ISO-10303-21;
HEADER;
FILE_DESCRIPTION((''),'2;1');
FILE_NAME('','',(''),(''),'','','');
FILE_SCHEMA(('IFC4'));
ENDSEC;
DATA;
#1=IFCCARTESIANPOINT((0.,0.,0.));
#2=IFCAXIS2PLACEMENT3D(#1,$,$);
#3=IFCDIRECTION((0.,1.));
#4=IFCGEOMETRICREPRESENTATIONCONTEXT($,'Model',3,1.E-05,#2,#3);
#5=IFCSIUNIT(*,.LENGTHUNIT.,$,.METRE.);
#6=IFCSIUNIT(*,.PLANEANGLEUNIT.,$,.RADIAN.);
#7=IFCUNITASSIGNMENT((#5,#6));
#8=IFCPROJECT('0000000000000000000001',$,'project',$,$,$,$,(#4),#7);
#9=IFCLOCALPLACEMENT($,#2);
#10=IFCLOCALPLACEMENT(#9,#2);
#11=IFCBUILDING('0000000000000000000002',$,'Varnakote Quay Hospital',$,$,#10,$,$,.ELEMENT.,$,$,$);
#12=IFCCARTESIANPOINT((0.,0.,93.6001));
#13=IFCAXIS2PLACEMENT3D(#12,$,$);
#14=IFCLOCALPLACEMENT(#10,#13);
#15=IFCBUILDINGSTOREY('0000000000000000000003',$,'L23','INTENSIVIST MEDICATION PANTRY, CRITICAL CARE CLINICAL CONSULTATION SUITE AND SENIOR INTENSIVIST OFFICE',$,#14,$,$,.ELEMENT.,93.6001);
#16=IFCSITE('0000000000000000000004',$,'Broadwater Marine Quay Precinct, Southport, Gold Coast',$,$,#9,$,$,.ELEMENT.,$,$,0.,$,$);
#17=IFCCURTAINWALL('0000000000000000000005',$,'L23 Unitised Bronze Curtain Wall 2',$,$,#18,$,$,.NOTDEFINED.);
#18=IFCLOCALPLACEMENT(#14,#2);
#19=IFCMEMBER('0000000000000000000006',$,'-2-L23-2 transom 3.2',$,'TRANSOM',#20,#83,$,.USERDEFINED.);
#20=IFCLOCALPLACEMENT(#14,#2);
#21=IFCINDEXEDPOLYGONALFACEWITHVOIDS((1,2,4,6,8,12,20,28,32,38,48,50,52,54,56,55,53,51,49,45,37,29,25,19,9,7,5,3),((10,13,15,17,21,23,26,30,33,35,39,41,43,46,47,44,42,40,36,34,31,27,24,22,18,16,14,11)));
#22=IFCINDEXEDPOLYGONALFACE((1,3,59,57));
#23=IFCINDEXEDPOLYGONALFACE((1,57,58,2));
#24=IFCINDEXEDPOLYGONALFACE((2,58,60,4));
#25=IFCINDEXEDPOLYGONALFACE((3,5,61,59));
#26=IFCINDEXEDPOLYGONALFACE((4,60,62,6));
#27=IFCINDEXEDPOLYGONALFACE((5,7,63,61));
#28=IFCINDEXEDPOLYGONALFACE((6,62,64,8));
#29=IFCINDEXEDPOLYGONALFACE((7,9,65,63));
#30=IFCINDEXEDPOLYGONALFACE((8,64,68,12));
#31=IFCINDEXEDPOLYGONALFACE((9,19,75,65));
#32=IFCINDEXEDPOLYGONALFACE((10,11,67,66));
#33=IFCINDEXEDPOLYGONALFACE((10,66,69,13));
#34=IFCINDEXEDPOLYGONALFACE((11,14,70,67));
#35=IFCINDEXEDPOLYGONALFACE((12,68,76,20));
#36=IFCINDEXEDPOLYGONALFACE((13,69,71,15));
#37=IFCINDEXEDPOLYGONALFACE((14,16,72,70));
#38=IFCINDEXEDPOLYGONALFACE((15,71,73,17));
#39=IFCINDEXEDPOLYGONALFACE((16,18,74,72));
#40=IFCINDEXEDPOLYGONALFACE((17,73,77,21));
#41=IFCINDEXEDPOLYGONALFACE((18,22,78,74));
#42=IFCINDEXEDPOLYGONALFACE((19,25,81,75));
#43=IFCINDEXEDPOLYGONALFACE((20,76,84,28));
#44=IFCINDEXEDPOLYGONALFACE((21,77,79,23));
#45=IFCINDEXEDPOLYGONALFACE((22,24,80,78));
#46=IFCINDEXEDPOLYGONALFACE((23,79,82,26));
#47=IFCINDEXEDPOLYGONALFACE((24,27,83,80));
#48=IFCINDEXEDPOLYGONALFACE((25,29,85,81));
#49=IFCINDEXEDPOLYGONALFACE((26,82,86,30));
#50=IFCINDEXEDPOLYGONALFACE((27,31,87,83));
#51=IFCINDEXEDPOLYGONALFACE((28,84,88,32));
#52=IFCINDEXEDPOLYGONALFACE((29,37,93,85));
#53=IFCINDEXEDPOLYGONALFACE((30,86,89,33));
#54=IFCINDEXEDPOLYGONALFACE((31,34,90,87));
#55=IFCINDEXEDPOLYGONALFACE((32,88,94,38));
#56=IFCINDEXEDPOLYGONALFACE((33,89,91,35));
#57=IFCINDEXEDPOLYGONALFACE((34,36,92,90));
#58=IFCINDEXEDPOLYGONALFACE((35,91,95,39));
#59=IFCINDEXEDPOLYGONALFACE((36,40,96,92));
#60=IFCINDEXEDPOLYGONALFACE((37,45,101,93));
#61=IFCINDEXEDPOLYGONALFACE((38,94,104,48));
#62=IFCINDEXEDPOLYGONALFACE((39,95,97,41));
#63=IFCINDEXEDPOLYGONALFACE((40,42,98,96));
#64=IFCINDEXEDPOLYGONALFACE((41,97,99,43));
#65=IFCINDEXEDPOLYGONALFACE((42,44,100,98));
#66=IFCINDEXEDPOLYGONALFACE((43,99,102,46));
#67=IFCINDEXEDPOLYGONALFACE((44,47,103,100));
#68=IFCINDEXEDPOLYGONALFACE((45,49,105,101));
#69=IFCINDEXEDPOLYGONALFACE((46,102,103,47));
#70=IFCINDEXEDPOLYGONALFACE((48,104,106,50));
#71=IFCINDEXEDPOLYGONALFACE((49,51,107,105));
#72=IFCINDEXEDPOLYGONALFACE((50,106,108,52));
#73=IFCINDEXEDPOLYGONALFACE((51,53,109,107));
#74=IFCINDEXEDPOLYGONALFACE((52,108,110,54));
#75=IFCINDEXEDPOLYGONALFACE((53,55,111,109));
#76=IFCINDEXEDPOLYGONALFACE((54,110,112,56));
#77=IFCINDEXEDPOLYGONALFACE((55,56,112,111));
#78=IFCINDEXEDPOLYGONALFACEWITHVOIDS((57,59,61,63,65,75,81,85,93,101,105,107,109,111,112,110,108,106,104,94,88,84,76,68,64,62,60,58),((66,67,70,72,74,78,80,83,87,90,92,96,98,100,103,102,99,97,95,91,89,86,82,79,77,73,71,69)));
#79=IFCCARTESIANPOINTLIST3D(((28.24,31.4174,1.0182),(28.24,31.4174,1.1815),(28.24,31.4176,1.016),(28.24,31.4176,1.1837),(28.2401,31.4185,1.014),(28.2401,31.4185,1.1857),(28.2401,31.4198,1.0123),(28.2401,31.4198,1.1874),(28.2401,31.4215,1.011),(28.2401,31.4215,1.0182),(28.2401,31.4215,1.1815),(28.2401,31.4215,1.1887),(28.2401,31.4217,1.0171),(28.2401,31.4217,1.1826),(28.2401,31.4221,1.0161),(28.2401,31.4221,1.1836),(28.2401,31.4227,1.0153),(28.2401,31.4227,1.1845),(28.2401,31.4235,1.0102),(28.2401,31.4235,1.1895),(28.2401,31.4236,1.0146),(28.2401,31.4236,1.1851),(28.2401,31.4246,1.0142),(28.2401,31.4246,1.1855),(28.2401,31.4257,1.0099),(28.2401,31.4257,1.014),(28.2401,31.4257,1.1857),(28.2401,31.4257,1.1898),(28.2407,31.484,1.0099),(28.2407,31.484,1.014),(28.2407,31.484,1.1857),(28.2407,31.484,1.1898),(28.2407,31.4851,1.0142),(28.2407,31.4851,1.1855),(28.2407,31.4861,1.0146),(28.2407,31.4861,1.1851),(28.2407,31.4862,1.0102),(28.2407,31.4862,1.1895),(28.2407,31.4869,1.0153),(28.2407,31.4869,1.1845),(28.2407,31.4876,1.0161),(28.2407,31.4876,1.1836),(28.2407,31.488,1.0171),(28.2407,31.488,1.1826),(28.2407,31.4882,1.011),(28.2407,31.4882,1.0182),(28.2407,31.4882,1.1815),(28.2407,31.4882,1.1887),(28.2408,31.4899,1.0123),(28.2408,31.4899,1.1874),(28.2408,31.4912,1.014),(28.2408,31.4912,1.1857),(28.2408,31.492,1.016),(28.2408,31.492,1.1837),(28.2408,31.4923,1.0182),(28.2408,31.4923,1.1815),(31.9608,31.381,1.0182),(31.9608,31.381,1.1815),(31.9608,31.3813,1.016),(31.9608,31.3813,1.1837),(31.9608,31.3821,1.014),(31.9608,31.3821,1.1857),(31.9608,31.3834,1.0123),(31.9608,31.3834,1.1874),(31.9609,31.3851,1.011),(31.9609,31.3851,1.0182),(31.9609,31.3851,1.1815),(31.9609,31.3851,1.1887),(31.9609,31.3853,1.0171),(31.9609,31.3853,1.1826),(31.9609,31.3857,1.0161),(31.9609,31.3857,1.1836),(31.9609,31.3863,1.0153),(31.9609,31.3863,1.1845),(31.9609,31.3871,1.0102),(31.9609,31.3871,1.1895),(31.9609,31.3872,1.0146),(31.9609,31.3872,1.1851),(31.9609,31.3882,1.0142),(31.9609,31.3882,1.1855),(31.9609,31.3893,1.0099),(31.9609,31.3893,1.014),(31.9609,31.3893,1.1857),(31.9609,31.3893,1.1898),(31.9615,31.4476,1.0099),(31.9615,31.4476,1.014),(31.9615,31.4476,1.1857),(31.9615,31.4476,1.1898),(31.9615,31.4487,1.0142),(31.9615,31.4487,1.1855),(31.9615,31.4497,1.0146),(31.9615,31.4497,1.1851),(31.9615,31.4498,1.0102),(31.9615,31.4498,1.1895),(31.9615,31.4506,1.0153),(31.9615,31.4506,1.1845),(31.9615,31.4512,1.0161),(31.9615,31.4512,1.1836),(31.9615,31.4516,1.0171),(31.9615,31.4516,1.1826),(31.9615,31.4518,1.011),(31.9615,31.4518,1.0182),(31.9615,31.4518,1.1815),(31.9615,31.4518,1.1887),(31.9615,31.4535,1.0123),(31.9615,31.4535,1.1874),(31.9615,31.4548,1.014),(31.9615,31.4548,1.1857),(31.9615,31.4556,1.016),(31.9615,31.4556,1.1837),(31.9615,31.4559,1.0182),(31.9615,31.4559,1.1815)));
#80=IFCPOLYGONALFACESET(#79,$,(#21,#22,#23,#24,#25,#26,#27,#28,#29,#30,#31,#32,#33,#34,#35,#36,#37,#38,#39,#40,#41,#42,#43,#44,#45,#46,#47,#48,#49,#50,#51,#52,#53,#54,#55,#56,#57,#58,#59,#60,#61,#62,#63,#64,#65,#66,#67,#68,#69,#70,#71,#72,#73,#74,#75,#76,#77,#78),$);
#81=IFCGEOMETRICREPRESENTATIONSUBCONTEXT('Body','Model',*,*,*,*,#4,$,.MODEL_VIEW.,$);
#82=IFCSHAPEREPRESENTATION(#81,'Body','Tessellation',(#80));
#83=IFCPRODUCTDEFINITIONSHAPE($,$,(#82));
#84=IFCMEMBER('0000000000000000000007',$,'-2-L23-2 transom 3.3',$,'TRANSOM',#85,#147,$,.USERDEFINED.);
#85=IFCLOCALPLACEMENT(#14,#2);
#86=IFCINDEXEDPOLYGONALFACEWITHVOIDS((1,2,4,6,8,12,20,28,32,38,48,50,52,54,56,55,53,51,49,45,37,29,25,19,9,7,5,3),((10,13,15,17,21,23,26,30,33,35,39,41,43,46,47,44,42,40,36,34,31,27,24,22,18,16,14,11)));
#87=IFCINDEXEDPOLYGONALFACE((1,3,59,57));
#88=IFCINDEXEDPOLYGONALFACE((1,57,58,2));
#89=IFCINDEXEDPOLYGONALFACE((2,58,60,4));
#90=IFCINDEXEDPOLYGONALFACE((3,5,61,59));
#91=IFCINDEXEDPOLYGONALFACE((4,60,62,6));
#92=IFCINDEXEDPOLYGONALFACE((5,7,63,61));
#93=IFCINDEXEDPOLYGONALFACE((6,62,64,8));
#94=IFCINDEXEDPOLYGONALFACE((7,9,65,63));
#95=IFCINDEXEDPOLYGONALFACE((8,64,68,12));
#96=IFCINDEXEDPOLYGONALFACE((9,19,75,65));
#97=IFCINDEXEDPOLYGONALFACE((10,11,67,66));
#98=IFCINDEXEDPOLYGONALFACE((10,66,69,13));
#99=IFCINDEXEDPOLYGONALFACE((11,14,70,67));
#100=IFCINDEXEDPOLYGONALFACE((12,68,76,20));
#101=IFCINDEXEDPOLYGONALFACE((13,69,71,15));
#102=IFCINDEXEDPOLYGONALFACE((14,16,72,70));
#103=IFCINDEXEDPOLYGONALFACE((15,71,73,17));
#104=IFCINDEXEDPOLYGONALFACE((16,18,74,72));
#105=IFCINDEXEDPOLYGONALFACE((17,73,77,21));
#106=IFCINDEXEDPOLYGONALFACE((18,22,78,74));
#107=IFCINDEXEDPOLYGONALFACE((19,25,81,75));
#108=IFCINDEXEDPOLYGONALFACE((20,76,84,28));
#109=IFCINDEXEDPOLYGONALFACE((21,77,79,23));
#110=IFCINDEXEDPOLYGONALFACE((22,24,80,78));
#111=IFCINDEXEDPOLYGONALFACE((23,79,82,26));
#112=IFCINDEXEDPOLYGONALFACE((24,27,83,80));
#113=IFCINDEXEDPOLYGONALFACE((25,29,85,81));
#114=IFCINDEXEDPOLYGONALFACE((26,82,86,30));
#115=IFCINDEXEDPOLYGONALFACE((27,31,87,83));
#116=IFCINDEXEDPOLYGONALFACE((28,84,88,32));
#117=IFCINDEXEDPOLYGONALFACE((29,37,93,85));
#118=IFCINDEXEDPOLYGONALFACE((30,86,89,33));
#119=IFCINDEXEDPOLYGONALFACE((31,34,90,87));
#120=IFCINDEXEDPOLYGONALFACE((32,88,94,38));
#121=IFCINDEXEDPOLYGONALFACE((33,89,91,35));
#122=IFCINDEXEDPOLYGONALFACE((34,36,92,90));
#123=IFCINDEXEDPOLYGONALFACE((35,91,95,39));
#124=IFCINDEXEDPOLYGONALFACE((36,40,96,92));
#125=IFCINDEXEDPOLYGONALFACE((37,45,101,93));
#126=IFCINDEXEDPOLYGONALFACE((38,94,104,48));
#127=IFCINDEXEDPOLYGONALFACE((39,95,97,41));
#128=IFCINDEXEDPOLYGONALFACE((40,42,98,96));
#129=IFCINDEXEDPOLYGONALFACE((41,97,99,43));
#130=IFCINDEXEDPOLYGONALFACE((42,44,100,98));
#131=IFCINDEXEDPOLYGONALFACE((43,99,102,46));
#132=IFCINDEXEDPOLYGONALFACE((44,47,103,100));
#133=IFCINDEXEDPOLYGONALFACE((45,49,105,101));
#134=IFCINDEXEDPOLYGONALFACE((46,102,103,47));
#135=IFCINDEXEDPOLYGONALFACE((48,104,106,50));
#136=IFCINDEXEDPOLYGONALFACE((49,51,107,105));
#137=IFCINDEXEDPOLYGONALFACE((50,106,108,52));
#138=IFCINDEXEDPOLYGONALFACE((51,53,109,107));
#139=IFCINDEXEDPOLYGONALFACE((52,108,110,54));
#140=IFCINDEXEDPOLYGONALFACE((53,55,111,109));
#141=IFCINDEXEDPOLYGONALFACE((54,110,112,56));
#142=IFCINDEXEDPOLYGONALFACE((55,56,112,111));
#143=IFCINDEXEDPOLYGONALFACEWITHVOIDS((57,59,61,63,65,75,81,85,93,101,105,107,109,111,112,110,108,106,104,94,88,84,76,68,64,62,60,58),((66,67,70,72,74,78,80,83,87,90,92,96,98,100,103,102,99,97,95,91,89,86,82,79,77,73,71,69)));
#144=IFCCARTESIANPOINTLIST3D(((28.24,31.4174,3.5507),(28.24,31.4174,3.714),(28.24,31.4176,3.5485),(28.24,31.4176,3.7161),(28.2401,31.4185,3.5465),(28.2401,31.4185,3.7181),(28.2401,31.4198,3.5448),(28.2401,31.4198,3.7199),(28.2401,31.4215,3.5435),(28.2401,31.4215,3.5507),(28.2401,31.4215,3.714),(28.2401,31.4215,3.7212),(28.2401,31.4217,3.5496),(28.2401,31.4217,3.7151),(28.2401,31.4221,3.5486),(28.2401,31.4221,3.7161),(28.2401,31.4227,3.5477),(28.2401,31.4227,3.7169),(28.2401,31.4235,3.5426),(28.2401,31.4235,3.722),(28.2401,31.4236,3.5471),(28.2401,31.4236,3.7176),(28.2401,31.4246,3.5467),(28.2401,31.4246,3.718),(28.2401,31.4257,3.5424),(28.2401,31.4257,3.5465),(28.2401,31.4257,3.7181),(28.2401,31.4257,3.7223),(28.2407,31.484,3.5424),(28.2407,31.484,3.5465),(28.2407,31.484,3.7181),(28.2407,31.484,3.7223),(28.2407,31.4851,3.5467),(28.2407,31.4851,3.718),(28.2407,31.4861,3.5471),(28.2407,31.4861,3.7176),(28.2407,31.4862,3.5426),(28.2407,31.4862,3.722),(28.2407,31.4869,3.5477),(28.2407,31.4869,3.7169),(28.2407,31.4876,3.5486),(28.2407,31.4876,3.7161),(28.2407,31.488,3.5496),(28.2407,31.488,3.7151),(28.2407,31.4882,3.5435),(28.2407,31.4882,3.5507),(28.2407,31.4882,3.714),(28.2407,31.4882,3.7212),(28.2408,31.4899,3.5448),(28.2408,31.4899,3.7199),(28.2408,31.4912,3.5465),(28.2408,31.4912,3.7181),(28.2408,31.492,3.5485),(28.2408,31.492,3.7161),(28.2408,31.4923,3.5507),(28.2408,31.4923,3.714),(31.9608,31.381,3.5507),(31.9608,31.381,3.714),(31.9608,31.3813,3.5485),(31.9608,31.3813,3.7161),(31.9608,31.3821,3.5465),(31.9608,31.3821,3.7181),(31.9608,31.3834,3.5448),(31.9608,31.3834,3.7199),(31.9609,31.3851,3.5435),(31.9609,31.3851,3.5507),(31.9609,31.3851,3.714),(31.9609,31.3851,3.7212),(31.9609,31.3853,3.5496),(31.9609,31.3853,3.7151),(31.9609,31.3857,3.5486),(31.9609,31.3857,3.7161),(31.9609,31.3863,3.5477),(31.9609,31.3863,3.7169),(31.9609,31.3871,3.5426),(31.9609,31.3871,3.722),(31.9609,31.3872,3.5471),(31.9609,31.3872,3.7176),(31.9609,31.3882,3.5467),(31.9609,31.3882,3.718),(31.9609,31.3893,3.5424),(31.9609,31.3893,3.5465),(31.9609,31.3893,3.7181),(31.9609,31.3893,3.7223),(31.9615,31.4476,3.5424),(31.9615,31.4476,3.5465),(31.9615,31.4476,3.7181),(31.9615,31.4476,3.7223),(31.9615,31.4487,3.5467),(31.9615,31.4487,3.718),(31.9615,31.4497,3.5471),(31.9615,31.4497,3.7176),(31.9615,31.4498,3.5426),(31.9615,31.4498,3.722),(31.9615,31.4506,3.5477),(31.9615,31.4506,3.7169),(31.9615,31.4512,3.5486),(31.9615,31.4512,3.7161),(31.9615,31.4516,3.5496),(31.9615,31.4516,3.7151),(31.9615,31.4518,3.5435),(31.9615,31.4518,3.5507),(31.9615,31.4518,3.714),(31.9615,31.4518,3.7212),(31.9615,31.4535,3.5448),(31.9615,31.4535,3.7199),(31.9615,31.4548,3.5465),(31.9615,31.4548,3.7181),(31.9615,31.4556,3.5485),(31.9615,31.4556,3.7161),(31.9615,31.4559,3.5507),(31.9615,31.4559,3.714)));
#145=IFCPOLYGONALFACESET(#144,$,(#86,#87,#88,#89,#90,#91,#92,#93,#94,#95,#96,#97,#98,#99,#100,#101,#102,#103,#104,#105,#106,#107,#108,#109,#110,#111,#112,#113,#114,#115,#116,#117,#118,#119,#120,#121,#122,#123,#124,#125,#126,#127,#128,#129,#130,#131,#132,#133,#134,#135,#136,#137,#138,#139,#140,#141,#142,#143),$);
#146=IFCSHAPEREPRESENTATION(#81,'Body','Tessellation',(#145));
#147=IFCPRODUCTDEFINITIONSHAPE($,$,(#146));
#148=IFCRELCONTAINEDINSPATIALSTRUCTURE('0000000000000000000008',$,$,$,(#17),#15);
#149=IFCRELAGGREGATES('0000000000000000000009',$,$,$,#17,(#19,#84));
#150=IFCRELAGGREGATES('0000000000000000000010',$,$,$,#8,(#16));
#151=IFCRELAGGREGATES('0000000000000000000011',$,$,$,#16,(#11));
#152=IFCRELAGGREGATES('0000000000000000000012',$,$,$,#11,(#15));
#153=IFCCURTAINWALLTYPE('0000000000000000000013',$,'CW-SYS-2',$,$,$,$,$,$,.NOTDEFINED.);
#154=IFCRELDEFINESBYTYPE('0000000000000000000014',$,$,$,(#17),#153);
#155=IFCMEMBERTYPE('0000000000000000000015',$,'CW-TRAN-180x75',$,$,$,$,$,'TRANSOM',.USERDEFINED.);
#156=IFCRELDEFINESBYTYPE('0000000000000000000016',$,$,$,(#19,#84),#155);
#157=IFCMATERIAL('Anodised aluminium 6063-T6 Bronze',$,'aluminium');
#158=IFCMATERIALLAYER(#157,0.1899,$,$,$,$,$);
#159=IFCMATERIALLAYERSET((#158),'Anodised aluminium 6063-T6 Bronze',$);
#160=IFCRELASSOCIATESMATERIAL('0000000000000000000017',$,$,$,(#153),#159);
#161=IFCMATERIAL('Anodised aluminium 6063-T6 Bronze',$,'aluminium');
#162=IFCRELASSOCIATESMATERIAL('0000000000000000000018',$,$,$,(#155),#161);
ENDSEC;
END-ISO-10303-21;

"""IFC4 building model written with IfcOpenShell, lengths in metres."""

from ifc_helpers import new_model, si_unit, direction, frame, origin, origin_2d, place, context, subcontext, project, spatial, hollow_rectangle, extrude, material, layer, layer_set, material_profile, profile_set, type_object, element, aggregate, save


model = new_model("IFC4")

# Units and contexts
model_context = context("Model", 3, precision=1e-05, world=origin(), true_north=direction((0.0, 1.0)))
body_context = subcontext(model_context, "Body", "Model", "MODEL_VIEW")
ifc_project = project(units=[si_unit("LENGTHUNIT", "METRE"), si_unit("PLANEANGLEUNIT", "RADIAN")], contexts=[model_context])

# Site, building, storey
site_placement = place(None, origin())
site = spatial("IfcSite", under=ifc_project, at=site_placement, Name="Broadwater Marine Quay Precinct, Southport, Gold Coast", CompositionType="ELEMENT", RefElevation=0.0)
building_placement = place(site_placement, origin())
building = spatial("IfcBuilding", under=site, at=building_placement, Name="Varnakote Quay Hospital", CompositionType="ELEMENT")
storey_placement = place(building_placement, frame((0.0, 0.0, 93.6001)))
storey = spatial("IfcBuildingStorey", under=building, at=storey_placement, Name="L23", Description="INTENSIVIST MEDICATION PANTRY, CRITICAL CARE CLINICAL CONSULTATION SUITE AND SENIOR INTENSIVIST OFFICE", CompositionType="ELEMENT", Elevation=93.6001)

# Curtain wall, members
ifc_material_1 = material(Name="Anodised aluminium 6063-T6 Bronze", Category="aluminium")
ifc_layer_1 = layer(ifc_material_1, 0.1899)
ifc_layer_set_1 = layer_set([ifc_layer_1], Name="Anodised aluminium 6063-T6 Bronze")
curtain_wall_type = type_object("IfcCurtainWallType", Name="CW-SYS-2", PredefinedType="NOTDEFINED", material=ifc_layer_set_1)
curtain_wall_placement = place(storey_placement, origin())
curtain_wall = element("IfcCurtainWall", 1, at=curtain_wall_placement, inside=storey, type_object=curtain_wall_type, Name="L23 Unitised Bronze Curtain Wall 2", PredefinedType="NOTDEFINED")
ifc_material_2 = material(Name="Anodised aluminium 6063-T6 Bronze", Category="aluminium")
ifc_material_profile_1 = material_profile(ifc_material_2, hollow_rectangle(XDim=0.075, YDim=0.1799, WallThickness=0.0042, InnerFilletRadius=0.0042, OuterFilletRadius=0.0083, at=origin_2d()), Name="CW-TRAN-180x75")
ifc_profile_set_1 = profile_set([ifc_material_profile_1], Name="Anodised aluminium 6063-T6 Bronze")
member_type_1 = type_object("IfcMemberType", Name="CW-TRAN-180x75", ElementType="TRANSOM", PredefinedType="USERDEFINED", material=ifc_profile_set_1)
member_1_placement = place(storey_placement, frame((31.9612, 31.4185, 1.0999), z_axis=(-0.999952, 0.009776, 0.0), x_axis=(-0.009776, -0.999952, 0.0)))
member_1 = element("IfcMember", 2, at=member_1_placement, type_object=member_type_1, Name="-2-L23-2 transom 3.2", ObjectType="TRANSOM", PredefinedType="USERDEFINED", context=body_context, shape_type="SweptSolid", body=[
    extrude(hollow_rectangle(XDim=0.075, YDim=0.1799, WallThickness=0.0042, InnerFilletRadius=0.0042, OuterFilletRadius=0.0083, at=origin_2d()), origin(), (0.0, 0.0, 1.0), 3.7209),
])
member_2_placement = place(storey_placement, frame((31.9612, 31.4185, 3.6323), z_axis=(-0.999952, 0.009776, 0.0), x_axis=(-0.009776, -0.999952, 0.0)))
member_2 = element("IfcMember", 3, at=member_2_placement, type_object=member_type_1, Name="-2-L23-2 transom 3.3", ObjectType="TRANSOM", PredefinedType="USERDEFINED", context=body_context, shape_type="SweptSolid", body=[
    extrude(hollow_rectangle(XDim=0.075, YDim=0.1799, WallThickness=0.0042, InnerFilletRadius=0.0042, OuterFilletRadius=0.0083, at=origin_2d()), origin(), (0.0, 0.0, 1.0), 3.7209),
])

aggregate(curtain_wall, [member_1, member_2])

save(model, "model.ifc")
